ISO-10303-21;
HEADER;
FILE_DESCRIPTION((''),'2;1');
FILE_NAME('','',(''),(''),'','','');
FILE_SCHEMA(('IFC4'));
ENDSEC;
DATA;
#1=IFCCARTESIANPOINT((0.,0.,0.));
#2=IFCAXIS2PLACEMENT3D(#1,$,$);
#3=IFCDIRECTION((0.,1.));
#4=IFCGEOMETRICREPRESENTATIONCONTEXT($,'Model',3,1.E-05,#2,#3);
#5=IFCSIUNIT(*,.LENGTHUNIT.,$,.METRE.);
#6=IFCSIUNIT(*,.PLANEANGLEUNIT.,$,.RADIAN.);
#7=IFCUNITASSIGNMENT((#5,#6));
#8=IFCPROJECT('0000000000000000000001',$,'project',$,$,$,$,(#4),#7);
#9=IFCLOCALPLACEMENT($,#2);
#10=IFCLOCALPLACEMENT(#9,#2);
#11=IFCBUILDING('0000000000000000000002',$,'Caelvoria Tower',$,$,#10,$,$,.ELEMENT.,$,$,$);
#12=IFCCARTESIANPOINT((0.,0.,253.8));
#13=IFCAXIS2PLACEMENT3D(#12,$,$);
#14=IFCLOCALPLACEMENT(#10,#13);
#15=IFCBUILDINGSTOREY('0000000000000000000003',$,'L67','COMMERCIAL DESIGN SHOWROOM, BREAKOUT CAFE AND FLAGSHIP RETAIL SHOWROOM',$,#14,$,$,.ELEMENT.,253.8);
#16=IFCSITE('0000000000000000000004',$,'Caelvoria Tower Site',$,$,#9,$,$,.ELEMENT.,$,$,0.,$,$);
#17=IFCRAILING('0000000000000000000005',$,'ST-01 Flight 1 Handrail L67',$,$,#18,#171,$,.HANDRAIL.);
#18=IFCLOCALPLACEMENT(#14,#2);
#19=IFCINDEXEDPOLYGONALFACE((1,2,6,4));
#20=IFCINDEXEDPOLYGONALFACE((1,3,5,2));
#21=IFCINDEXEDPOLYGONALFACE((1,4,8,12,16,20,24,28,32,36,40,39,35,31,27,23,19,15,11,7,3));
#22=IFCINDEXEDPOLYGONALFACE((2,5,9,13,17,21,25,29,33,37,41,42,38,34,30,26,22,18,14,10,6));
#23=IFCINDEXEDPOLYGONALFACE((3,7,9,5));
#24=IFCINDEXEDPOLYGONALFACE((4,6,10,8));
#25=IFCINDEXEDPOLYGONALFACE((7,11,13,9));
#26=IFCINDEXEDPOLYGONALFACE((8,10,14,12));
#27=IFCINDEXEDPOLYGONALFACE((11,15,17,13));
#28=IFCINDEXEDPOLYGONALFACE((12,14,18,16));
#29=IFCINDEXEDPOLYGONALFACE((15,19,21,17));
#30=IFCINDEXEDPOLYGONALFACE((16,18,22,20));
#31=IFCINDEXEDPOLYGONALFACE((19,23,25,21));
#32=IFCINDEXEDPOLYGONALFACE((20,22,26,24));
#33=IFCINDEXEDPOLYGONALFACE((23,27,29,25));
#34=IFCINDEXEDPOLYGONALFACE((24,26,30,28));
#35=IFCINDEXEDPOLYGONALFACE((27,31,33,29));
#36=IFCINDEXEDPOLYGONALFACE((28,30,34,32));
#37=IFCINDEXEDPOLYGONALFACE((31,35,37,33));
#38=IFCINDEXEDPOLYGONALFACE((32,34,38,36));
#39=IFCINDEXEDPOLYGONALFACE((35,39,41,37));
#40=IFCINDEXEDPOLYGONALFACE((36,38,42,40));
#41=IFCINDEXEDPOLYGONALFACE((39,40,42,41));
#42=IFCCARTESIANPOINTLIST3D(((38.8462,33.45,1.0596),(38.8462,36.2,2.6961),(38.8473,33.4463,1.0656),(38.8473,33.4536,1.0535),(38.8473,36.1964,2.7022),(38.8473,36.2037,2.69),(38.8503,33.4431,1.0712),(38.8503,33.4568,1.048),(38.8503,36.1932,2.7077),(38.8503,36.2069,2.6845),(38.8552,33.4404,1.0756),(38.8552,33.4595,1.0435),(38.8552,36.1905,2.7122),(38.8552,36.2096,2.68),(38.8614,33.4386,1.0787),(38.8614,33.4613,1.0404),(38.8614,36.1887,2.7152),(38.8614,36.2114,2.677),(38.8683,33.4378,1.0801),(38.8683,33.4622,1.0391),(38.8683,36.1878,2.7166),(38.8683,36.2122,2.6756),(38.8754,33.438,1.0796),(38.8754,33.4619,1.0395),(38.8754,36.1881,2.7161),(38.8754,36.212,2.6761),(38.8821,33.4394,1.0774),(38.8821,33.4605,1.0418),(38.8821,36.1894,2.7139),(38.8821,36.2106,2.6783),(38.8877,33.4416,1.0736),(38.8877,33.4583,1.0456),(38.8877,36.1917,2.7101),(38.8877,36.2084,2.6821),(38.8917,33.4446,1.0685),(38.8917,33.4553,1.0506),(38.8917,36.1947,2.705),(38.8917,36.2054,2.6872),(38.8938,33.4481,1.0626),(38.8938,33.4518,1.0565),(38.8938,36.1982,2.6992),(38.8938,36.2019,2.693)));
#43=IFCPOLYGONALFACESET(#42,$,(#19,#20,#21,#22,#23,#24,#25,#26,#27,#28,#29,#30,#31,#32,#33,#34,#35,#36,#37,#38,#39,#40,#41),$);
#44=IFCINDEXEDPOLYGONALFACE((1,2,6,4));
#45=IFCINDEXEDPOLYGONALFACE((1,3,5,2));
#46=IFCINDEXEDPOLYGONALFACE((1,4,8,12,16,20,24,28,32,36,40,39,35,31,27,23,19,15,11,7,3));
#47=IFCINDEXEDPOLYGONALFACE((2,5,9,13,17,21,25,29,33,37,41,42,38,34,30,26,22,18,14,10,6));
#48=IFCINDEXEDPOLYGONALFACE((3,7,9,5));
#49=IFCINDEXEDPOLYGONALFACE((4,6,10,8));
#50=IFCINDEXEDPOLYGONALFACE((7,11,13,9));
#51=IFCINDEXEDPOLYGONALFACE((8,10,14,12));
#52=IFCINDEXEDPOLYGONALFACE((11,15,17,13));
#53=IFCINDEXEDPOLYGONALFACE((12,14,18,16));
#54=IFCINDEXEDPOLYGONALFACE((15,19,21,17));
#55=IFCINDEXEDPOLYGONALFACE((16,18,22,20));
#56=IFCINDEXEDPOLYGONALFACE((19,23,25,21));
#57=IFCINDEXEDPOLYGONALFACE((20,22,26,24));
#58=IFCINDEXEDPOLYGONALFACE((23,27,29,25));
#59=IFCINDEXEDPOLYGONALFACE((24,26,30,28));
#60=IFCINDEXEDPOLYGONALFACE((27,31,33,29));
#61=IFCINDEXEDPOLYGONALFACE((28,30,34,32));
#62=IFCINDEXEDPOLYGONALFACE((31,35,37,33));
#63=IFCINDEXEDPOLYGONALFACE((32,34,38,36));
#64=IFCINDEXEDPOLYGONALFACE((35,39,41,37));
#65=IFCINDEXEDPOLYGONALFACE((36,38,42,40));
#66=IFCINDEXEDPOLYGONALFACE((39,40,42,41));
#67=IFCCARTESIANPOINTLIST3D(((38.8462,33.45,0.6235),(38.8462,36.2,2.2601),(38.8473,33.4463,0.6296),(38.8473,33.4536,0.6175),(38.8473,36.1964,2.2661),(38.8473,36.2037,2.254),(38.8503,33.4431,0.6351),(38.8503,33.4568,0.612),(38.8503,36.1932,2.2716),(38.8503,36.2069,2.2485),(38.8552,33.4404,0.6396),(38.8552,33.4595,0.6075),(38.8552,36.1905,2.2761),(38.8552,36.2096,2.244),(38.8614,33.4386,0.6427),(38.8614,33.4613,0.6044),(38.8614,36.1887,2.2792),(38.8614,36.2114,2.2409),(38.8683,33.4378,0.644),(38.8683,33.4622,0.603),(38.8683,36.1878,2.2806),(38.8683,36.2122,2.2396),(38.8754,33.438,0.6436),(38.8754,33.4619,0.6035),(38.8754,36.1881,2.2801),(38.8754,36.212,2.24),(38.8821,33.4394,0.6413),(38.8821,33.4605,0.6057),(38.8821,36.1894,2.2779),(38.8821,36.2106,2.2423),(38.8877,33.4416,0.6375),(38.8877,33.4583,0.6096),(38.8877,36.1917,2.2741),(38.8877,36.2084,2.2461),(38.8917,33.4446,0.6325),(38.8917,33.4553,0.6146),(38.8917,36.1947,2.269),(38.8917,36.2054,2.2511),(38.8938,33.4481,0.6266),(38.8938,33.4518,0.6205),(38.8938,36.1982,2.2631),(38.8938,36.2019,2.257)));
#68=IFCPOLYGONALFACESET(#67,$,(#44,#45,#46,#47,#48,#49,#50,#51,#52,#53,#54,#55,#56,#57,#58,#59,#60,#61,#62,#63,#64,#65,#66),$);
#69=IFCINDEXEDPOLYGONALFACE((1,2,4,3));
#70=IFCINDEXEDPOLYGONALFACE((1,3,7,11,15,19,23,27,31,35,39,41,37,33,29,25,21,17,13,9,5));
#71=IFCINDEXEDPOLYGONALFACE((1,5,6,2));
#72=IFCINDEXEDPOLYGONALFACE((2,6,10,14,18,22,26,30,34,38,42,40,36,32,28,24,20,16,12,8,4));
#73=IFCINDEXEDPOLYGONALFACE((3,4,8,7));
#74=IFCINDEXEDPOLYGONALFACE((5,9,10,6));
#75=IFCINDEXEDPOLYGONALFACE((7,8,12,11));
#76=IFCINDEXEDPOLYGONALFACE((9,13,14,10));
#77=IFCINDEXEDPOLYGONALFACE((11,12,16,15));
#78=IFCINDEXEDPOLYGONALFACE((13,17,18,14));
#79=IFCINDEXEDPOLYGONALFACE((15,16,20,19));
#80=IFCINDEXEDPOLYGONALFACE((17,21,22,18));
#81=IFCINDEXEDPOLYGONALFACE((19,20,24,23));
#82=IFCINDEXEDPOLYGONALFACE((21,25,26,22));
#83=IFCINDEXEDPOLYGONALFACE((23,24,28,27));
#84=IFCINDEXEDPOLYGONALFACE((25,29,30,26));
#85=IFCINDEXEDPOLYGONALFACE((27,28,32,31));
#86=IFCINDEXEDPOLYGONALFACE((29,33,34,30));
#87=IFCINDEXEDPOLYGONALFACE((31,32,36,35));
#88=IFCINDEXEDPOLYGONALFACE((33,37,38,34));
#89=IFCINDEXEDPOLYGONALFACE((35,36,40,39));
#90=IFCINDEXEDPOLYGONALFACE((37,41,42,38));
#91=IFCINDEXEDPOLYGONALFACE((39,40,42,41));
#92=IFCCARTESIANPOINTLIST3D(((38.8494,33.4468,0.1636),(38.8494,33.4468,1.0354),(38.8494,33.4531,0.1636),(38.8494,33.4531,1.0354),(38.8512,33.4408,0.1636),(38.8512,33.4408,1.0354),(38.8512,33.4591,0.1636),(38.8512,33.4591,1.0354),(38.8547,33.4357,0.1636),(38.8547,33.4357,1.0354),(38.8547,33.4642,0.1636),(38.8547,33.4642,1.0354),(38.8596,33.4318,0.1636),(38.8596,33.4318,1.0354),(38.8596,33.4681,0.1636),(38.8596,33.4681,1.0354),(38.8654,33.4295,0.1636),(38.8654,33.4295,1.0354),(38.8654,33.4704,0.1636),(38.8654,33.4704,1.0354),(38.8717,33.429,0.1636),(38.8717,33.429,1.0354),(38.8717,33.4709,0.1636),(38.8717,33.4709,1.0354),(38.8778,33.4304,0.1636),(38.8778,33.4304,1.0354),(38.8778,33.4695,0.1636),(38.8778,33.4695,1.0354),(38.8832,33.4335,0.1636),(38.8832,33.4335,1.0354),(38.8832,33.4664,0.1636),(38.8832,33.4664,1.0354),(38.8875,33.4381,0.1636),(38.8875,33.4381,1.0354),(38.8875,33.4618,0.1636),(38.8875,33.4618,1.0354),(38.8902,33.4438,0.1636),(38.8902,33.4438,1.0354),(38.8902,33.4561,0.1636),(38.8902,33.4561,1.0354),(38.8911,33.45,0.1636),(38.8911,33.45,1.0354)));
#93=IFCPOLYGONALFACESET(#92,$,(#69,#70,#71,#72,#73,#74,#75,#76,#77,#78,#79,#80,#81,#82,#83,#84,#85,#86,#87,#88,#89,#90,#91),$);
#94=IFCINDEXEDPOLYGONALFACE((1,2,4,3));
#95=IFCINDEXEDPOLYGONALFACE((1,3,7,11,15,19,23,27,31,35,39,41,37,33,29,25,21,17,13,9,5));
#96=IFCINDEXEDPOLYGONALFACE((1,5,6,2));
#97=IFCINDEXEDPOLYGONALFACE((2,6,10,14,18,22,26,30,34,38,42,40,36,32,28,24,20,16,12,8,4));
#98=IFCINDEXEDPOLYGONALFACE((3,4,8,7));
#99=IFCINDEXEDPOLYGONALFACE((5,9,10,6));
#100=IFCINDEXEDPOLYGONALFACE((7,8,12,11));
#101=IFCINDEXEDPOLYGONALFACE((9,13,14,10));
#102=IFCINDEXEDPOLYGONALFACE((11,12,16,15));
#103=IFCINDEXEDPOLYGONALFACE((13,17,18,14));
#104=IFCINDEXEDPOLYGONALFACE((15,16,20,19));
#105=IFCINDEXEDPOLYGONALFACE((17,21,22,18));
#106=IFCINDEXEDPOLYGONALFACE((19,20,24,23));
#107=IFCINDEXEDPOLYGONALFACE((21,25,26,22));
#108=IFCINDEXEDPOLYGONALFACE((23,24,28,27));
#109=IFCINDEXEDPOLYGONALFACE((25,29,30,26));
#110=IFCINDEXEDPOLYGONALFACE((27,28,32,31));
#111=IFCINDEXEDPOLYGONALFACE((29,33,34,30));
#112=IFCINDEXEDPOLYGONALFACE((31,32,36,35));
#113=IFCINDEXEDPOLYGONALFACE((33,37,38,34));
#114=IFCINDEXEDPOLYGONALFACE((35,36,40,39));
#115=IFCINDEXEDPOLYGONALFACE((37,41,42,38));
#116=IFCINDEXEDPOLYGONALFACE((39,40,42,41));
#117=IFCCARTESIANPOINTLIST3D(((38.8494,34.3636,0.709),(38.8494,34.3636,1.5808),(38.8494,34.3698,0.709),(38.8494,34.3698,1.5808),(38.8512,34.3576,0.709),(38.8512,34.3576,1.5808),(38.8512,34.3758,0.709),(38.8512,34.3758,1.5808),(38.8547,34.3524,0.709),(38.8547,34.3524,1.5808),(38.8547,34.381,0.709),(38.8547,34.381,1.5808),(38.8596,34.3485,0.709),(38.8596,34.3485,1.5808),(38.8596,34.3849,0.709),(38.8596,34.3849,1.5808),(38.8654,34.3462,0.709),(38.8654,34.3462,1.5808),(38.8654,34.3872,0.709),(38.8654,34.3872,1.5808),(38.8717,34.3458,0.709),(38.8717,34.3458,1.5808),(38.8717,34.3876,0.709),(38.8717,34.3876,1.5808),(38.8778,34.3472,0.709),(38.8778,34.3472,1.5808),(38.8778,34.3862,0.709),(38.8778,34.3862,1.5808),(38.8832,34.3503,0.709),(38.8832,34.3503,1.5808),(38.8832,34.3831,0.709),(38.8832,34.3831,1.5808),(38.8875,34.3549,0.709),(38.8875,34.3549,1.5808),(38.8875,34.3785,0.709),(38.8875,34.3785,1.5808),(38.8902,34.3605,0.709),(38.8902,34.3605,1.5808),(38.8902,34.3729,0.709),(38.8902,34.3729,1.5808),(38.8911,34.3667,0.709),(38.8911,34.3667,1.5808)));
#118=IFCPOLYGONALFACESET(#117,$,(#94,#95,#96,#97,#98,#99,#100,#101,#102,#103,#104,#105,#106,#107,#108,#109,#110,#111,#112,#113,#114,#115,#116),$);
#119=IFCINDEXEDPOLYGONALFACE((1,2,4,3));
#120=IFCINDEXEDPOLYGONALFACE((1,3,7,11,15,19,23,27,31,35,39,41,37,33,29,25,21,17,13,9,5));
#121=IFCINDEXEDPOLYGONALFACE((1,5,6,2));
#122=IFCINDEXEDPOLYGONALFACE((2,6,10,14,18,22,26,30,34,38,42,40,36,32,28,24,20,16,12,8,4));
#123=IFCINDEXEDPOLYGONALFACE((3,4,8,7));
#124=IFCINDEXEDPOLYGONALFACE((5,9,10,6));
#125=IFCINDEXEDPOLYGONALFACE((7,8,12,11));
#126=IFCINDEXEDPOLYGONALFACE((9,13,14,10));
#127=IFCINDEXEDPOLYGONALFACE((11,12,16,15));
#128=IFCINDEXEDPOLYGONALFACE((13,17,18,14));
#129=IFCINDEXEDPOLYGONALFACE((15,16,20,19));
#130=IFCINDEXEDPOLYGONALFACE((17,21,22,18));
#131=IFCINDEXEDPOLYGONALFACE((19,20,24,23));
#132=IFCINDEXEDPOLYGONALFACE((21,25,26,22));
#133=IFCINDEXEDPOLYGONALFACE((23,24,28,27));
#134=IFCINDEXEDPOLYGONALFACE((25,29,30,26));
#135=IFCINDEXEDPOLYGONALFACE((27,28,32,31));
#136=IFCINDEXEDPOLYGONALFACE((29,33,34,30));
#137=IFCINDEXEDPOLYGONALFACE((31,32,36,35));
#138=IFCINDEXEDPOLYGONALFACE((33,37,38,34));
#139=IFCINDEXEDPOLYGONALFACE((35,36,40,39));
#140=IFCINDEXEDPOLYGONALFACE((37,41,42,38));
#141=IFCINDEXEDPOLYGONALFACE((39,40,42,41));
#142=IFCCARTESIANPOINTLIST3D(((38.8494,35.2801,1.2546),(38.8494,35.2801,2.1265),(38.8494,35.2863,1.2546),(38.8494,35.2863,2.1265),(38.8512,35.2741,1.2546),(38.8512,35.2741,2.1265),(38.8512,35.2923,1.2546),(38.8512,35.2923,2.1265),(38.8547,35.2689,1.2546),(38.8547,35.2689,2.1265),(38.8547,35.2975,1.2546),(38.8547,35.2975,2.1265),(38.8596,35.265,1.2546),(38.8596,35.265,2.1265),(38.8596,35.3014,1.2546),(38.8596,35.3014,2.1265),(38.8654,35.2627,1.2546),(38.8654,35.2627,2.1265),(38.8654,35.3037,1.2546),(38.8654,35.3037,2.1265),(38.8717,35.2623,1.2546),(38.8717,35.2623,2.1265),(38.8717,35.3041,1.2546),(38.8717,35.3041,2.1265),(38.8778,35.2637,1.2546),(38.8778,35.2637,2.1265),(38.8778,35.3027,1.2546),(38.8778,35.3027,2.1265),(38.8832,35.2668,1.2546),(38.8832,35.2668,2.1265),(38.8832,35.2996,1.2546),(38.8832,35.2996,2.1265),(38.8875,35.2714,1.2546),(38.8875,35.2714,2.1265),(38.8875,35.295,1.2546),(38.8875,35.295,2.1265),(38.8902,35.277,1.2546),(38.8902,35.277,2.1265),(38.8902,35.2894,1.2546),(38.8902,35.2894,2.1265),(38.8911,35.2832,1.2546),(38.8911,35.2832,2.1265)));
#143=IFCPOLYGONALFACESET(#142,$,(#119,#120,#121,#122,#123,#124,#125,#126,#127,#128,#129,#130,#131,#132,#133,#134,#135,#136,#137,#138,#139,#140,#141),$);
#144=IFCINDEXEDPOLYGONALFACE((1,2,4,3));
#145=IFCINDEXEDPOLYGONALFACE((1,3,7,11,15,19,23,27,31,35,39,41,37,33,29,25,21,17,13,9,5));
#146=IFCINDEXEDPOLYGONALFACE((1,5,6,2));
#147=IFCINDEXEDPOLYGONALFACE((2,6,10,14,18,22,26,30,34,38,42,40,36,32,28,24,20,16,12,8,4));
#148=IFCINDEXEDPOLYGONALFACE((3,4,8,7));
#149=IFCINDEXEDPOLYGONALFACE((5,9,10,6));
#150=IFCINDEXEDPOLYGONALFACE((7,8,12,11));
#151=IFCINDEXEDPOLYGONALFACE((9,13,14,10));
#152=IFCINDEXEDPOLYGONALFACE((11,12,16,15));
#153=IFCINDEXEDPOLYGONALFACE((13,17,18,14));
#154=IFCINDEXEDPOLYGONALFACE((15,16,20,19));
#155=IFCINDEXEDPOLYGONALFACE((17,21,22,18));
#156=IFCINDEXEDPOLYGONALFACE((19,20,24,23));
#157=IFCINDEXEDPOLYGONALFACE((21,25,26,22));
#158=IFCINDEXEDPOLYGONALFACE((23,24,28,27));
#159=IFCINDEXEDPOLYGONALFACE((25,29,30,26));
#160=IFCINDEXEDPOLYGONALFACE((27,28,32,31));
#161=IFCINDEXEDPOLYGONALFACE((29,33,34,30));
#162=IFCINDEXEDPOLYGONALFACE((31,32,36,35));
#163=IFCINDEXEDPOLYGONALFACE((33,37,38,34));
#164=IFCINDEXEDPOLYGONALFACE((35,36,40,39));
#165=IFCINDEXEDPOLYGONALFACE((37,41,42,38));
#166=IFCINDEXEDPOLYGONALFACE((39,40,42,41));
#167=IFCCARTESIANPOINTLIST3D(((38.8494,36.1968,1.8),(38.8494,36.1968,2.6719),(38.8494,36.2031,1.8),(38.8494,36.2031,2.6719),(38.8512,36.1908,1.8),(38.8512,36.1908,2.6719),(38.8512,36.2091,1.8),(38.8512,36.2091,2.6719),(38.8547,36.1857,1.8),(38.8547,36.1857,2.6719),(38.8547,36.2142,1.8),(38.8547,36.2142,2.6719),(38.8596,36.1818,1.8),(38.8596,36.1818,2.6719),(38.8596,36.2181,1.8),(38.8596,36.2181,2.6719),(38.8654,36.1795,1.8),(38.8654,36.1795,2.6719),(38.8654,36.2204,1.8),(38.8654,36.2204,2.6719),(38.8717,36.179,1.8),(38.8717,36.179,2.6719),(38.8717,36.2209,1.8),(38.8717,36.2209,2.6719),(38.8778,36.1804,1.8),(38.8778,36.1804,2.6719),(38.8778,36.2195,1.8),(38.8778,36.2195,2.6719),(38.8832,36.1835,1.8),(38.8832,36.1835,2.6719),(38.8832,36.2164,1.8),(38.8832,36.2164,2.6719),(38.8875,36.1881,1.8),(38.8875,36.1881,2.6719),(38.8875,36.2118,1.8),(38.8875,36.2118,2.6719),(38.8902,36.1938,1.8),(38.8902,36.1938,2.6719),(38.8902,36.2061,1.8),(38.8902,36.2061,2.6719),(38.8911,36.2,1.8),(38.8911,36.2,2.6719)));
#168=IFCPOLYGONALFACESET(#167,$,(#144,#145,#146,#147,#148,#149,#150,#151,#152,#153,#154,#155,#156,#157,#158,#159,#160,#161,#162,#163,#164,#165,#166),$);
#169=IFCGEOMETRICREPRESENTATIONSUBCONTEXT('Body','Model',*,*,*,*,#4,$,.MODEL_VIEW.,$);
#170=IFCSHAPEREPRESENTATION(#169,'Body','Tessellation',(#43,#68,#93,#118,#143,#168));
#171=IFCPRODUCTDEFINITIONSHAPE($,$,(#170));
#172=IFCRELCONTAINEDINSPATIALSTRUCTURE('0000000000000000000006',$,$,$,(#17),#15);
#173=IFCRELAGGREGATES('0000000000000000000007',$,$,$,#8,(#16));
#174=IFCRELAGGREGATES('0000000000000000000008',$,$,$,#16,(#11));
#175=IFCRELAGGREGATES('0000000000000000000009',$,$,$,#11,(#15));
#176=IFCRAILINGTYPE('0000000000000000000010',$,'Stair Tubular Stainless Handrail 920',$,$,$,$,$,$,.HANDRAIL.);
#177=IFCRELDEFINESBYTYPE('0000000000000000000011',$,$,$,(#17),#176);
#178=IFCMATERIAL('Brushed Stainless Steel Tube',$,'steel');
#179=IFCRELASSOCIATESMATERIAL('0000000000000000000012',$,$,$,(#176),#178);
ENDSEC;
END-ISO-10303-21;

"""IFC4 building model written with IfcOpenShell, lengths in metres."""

from ifc_helpers import new_model, si_unit, direction, frame, origin, origin_2d, place, context, subcontext, project, spatial, circle, extrude, material, type_object, element, save


model = new_model("IFC4")

# Units and contexts
model_context = context("Model", 3, precision=1e-05, world=origin(), true_north=direction((0.0, 1.0)))
body_context = subcontext(model_context, "Body", "Model", "MODEL_VIEW")
ifc_project = project(units=[si_unit("LENGTHUNIT", "METRE"), si_unit("PLANEANGLEUNIT", "RADIAN")], contexts=[model_context])

# Site, building, storey
site_placement = place(None, origin())
site = spatial("IfcSite", under=ifc_project, at=site_placement, Name="Caelvoria Tower Site", CompositionType="ELEMENT", RefElevation=0.0)
building_placement = place(site_placement, origin())
building = spatial("IfcBuilding", under=site, at=building_placement, Name="Caelvoria Tower", CompositionType="ELEMENT")
storey_placement = place(building_placement, frame((0.0, 0.0, 253.8)))
storey = spatial("IfcBuildingStorey", under=building, at=storey_placement, Name="L67", Description="COMMERCIAL DESIGN SHOWROOM, BREAKOUT CAFE AND FLAGSHIP RETAIL SHOWROOM", CompositionType="ELEMENT", Elevation=253.8)

# Railing
ifc_material_1 = material(Name="Brushed Stainless Steel Tube", Category="steel")
railing_type_1 = type_object("IfcRailingType", Name="Stair Tubular Stainless Handrail 920", PredefinedType="HANDRAIL", material=ifc_material_1)
railing_1_placement = place(storey_placement, frame((38.8701, 33.45, 0.1636)))
element("IfcRailing", 1, at=railing_1_placement, inside=storey, type_object=railing_type_1, Name="ST-01 Flight 1 Handrail L67", PredefinedType="HANDRAIL", context=body_context, shape_type="SweptSolid", body=[
    extrude(circle(Radius=0.0239, at=origin_2d()), frame((0.0, 0.0, 0.896), z_axis=(0.0, 0.859352, 0.511385), x_axis=(-1.0, 0.0, 0.0)), (0.0, 0.0, 1.0), 3.2002),
    extrude(circle(Radius=0.0239, at=origin_2d()), frame((0.0, 0.0, 0.46), z_axis=(0.0, 0.859352, 0.511385), x_axis=(-1.0, 0.0, 0.0)), (0.0, 0.0, 1.0), 3.2002),
    extrude(circle(Radius=0.021, at=origin_2d()), origin(), (0.0, 0.0, 1.0), 0.8718),
    extrude(circle(Radius=0.021, at=origin_2d()), frame((0.0, 0.9167, 0.5454)), (0.0, 0.0, 1.0), 0.8718),
    extrude(circle(Radius=0.021, at=origin_2d()), frame((0.0, 1.8333, 1.0911)), (0.0, 0.0, 1.0), 0.8718),
    extrude(circle(Radius=0.021, at=origin_2d()), frame((0.0, 2.75, 1.6365)), (0.0, 0.0, 1.0), 0.8718),
])

save(model, "model.ifc")
